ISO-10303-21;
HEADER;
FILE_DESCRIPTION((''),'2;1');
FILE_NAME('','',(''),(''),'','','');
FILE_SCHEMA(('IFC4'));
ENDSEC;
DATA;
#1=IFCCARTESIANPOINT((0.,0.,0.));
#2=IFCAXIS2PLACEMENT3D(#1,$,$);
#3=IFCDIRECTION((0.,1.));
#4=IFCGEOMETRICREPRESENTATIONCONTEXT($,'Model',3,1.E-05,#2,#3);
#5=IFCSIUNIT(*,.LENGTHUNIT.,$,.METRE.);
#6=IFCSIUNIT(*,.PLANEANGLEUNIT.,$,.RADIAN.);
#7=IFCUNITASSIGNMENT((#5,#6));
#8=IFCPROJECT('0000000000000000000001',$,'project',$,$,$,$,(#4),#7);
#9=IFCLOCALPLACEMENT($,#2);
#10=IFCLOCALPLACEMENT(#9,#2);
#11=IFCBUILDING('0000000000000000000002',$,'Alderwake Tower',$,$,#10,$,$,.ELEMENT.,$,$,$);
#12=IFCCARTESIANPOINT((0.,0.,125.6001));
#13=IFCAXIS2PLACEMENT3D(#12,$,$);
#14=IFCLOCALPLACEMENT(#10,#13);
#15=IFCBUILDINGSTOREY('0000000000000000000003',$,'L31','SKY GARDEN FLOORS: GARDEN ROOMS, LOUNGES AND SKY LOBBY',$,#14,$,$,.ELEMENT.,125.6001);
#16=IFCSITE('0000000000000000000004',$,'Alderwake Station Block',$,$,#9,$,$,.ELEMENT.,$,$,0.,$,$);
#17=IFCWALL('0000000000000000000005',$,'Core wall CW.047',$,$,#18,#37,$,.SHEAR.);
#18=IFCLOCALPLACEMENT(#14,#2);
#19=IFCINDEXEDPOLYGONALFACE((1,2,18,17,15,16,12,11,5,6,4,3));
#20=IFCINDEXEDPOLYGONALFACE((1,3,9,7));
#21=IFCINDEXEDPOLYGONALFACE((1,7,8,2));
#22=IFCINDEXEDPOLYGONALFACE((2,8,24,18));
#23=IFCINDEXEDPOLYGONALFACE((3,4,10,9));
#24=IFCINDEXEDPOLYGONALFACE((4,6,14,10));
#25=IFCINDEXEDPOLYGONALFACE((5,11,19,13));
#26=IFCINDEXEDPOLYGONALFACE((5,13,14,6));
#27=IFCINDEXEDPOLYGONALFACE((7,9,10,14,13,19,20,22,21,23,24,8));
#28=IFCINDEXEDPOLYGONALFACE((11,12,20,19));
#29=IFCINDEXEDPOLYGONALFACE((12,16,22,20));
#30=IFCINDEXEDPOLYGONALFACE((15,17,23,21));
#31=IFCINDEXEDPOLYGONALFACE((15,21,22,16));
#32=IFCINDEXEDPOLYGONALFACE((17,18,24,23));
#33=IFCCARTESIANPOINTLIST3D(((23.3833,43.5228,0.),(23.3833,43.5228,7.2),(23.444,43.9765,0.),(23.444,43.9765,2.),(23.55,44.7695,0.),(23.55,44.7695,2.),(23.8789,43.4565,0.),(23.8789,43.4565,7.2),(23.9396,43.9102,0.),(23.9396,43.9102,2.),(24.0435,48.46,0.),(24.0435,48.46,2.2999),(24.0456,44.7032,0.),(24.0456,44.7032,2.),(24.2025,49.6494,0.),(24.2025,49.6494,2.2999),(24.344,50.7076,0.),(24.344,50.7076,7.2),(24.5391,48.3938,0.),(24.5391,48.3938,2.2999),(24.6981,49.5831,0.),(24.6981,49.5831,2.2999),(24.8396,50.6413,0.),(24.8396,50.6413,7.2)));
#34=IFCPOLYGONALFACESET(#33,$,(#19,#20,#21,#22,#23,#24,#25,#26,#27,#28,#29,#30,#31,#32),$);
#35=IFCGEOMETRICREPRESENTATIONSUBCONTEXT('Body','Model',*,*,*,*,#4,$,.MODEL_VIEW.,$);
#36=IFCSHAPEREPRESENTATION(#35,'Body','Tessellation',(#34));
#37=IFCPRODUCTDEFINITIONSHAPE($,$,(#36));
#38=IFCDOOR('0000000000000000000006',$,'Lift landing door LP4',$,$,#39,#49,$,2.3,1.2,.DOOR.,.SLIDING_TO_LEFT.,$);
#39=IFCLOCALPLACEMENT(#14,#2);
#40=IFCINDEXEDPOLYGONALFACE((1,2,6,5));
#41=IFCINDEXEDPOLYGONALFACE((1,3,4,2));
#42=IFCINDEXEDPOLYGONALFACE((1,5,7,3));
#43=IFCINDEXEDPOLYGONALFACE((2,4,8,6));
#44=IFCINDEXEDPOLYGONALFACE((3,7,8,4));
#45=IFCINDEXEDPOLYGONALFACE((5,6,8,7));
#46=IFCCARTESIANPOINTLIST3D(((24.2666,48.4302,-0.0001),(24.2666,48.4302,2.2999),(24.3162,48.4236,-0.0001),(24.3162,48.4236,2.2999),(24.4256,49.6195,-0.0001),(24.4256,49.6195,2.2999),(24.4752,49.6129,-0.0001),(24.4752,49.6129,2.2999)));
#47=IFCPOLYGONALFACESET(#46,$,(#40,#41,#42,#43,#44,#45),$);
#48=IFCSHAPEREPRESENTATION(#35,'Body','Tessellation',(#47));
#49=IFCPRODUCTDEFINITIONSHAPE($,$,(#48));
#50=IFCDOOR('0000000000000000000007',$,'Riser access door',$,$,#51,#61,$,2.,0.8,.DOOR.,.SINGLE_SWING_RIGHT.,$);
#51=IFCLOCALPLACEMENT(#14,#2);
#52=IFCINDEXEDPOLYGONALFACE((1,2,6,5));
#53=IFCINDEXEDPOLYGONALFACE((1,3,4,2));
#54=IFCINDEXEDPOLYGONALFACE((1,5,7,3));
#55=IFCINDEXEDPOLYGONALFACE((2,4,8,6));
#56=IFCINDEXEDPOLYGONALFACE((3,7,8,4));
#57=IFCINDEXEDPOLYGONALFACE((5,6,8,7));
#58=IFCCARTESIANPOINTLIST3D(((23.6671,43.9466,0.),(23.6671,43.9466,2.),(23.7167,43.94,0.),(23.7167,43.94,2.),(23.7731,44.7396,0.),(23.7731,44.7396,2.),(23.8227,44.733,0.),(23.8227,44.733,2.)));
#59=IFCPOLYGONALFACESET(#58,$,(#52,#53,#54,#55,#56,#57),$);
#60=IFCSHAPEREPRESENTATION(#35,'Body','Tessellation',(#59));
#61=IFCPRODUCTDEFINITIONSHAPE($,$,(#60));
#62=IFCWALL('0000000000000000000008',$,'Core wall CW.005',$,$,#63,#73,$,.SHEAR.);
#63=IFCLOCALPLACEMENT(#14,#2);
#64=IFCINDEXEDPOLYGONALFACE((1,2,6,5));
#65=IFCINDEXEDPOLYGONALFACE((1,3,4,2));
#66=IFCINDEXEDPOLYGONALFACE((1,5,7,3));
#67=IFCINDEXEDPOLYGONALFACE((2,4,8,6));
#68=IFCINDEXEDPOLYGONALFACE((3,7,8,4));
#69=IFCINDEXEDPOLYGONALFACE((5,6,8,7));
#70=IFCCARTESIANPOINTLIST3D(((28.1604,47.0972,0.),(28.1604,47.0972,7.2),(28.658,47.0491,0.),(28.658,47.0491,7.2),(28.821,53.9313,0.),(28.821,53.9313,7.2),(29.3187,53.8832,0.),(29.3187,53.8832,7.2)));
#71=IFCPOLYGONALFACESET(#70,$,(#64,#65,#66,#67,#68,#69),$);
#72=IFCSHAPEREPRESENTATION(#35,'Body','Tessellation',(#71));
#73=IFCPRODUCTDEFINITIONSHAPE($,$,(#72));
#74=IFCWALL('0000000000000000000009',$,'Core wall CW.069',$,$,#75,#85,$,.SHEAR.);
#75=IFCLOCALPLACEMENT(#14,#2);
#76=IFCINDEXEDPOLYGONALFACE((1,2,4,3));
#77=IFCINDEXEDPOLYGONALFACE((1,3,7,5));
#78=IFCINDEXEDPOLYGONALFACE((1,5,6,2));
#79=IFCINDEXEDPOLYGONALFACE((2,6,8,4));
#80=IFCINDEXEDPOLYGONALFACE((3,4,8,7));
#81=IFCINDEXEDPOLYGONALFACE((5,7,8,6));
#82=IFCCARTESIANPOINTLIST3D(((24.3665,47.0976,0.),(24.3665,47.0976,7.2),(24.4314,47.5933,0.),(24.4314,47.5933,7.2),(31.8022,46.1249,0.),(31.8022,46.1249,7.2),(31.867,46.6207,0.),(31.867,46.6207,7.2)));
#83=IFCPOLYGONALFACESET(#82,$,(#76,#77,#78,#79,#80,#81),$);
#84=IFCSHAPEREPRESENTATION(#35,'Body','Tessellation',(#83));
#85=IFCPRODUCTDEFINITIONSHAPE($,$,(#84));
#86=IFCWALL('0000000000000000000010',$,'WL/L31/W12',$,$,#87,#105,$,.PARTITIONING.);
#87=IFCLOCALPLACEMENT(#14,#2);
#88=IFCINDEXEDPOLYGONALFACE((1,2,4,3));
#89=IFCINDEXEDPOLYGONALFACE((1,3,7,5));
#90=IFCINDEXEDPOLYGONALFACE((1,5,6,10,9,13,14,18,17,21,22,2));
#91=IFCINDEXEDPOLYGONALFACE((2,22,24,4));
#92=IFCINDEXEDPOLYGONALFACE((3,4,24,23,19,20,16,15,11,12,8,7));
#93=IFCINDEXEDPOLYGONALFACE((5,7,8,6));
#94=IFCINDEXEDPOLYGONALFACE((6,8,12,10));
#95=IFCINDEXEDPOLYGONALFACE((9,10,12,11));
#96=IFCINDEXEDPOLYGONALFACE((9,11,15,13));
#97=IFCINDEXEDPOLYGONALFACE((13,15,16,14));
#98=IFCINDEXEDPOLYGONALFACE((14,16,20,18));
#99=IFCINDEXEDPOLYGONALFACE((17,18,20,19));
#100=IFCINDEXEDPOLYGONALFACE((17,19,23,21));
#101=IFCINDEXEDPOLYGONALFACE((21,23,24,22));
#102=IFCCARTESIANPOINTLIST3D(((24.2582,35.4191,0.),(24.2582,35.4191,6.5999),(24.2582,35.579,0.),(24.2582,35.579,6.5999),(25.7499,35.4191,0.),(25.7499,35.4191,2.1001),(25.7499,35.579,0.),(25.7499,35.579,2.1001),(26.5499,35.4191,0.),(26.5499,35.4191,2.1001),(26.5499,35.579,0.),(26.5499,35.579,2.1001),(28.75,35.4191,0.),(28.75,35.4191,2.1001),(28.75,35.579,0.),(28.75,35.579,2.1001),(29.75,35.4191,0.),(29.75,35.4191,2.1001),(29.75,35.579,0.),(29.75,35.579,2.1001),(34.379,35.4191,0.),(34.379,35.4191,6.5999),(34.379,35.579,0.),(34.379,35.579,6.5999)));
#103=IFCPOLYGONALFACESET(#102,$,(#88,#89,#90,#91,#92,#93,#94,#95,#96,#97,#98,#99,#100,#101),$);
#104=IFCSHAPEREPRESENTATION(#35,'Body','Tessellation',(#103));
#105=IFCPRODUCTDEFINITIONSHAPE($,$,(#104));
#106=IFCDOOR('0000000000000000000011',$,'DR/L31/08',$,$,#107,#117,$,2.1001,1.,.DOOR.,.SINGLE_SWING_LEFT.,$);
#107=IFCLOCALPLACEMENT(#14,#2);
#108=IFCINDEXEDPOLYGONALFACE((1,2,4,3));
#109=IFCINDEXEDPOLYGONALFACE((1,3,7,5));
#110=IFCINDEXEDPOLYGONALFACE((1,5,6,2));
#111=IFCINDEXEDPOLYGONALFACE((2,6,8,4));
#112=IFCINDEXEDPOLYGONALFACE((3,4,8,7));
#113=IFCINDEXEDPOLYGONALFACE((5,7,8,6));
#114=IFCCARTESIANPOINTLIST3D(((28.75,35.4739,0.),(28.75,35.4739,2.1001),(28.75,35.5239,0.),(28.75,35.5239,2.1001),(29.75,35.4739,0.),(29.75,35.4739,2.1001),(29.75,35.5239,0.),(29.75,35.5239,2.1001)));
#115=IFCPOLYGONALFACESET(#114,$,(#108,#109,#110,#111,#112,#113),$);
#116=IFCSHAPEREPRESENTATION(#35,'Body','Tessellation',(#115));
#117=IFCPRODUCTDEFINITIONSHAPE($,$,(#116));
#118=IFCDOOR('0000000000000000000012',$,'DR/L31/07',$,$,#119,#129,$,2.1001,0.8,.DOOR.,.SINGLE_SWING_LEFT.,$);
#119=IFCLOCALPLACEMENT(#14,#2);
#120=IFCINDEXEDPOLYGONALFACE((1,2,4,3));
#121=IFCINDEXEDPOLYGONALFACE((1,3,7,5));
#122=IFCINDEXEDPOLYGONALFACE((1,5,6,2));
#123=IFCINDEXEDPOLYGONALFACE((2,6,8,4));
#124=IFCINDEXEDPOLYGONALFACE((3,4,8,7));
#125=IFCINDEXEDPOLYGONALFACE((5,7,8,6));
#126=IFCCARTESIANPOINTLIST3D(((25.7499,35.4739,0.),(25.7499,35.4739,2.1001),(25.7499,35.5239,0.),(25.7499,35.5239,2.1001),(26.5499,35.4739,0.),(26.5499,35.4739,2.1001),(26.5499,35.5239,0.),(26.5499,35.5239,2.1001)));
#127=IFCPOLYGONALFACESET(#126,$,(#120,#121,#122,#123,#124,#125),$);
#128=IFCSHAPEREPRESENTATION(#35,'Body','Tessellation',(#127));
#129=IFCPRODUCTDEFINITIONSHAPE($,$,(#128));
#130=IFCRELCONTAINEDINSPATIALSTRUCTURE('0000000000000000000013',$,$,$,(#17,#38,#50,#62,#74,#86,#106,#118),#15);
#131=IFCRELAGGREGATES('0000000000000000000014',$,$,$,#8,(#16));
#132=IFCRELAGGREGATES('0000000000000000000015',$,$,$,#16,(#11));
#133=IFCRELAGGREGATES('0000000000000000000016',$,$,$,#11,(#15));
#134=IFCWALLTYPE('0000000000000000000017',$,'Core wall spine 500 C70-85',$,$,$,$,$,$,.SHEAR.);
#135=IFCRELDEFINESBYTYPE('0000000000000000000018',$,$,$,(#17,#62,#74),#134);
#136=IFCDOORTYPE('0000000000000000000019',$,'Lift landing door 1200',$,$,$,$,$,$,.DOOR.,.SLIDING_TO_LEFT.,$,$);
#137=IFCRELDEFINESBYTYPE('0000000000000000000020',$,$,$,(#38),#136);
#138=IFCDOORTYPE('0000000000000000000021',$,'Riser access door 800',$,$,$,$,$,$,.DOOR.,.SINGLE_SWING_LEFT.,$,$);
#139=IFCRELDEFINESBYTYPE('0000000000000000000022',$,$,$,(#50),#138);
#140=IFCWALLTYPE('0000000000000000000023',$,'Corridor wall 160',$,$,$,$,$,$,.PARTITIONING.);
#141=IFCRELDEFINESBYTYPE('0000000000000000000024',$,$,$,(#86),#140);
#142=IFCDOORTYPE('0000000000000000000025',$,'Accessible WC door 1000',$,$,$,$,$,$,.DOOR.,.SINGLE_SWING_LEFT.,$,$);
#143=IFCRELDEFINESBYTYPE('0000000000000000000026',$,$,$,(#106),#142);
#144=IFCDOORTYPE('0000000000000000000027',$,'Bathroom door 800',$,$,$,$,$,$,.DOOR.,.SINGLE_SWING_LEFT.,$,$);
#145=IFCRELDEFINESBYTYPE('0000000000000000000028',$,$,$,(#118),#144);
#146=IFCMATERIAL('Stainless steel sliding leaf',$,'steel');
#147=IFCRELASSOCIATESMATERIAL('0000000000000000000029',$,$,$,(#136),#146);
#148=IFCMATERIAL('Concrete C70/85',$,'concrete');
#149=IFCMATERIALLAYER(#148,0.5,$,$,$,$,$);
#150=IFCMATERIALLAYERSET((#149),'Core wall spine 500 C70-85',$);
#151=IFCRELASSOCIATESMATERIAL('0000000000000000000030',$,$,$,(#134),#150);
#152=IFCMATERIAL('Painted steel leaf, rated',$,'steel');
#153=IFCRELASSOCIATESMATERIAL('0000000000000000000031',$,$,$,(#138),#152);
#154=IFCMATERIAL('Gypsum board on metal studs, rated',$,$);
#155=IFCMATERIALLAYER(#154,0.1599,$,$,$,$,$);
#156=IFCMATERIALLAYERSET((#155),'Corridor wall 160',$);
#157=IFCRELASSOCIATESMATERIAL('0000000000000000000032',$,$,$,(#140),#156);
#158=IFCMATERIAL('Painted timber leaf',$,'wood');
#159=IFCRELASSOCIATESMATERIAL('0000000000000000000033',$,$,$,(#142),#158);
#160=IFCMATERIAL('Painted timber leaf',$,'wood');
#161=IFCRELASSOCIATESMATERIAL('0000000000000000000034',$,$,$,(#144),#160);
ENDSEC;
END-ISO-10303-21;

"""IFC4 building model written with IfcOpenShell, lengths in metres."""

from ifc_helpers import new_model, si_unit, direction, frame, frame_2d, origin, place, context, subcontext, project, spatial, rectangle, extrude, material, layer, layer_set, type_object, element, fill, save


model = new_model("IFC4")

# Units and contexts
model_context = context("Model", 3, precision=1e-05, world=origin(), true_north=direction((0.0, 1.0)))
body_context = subcontext(model_context, "Body", "Model", "MODEL_VIEW")
ifc_project = project(units=[si_unit("LENGTHUNIT", "METRE"), si_unit("PLANEANGLEUNIT", "RADIAN")], contexts=[model_context])

# Site, building, storey
site_placement = place(None, origin())
site = spatial("IfcSite", under=ifc_project, at=site_placement, Name="Alderwake Station Block", CompositionType="ELEMENT", RefElevation=0.0)
building_placement = place(site_placement, origin())
building = spatial("IfcBuilding", under=site, at=building_placement, Name="Alderwake Tower", CompositionType="ELEMENT")
storey_placement = place(building_placement, frame((0.0, 0.0, 125.6001)))
storey = spatial("IfcBuildingStorey", under=building, at=storey_placement, Name="L31", Description="SKY GARDEN FLOORS: GARDEN ROOMS, LOUNGES AND SKY LOBBY", CompositionType="ELEMENT", Elevation=125.6001)

# Shared definitions
ifc_material_1 = material(Name="Stainless steel sliding leaf", Category="steel")
door_type_1 = type_object("IfcDoorType", Name="Lift landing door 1200", OperationType="SLIDING_TO_LEFT", PredefinedType="DOOR", material=ifc_material_1)

# Wall, openings, doors
ifc_material_2 = material(Name="Concrete C70/85", Category="concrete")
ifc_layer_1 = layer(ifc_material_2, 0.5)
ifc_layer_set_1 = layer_set([ifc_layer_1], Name="Core wall spine 500 C70-85")
wall_type_1 = type_object("IfcWallType", Name="Core wall spine 500 C70-85", PredefinedType="SHEAR", material=ifc_layer_set_1)
wall_1_placement = place(storey_placement, frame((23.6311, 43.4895, 0.0), z_axis=(0.0, 0.0, 1.0), x_axis=(0.132532, 0.991179, 0.0)))
wall_1 = element("IfcWall", 1, at=wall_1_placement, inside=storey, type_object=wall_type_1, Name="Core wall CW.047", PredefinedType="SHEAR", context=body_context, shape_type="SweptSolid", body=[
    extrude(rectangle(XDim=7.2488, YDim=0.5, at=frame_2d((3.6245, 0.0))), origin(), (0.0, 0.0, 1.0), 7.2),
])
opening_1_placement = place(wall_1_placement, frame((4.9812, 0.0, 0.0)))
opening_1 = element("IfcOpeningElement", 2, at=opening_1_placement, cuts=wall_1, PredefinedType="OPENING", context=body_context, shape_type="SweptSolid", body=[
    extrude(rectangle(XDim=1.2, YDim=2.3, at=frame_2d((0.6001, 1.1499))), frame((0.0, 0.26, 0.0), z_axis=(0.0, -1.0, 0.0), x_axis=(1.0, 0.0, 0.0)), (0.0, 0.0, 1.0), 0.52),
])
opening_2_placement = place(wall_1_placement, frame((0.458, 0.0, 0.0)))
opening_2 = element("IfcOpeningElement", 3, at=opening_2_placement, cuts=wall_1, PredefinedType="OPENING", context=body_context, shape_type="SweptSolid", body=[
    extrude(rectangle(XDim=0.8, YDim=2.0, at=frame_2d((0.3999, 1.0))), frame((0.0, 0.26, 0.0), z_axis=(0.0, -1.0, 0.0), x_axis=(1.0, 0.0, 0.0)), (0.0, 0.0, 1.0), 0.52),
])
door_1_placement = place(opening_1_placement, origin())
door_1 = element("IfcDoor", 4, at=door_1_placement, inside=storey, type_object=door_type_1, Name="Lift landing door LP4", OperationType="SLIDING_TO_LEFT", OverallHeight=2.3, OverallWidth=1.2, PredefinedType="DOOR", context=body_context, shape_type="SweptSolid", body=[
    extrude(rectangle(XDim=1.2, YDim=2.3, at=frame_2d((0.6001, 1.1499))), frame((0.0, 0.0249, 0.0), z_axis=(0.0, -1.0, 0.0), x_axis=(1.0, 0.0, 0.0)), (0.0, 0.0, 1.0), 0.05),
])
fill(opening_1, door_1)
ifc_material_3 = material(Name="Painted steel leaf, rated", Category="steel")
door_type_2 = type_object("IfcDoorType", Name="Riser access door 800", OperationType="SINGLE_SWING_LEFT", PredefinedType="DOOR", material=ifc_material_3)
door_2_placement = place(opening_2_placement, origin())
door_2 = element("IfcDoor", 5, at=door_2_placement, inside=storey, type_object=door_type_2, Name="Riser access door", OperationType="SINGLE_SWING_RIGHT", OverallHeight=2.0, OverallWidth=0.8, PredefinedType="DOOR", context=body_context, shape_type="SweptSolid", body=[
    extrude(rectangle(XDim=0.8, YDim=2.0, at=frame_2d((0.3999, 1.0))), frame((0.0, 0.0249, 0.0), z_axis=(0.0, -1.0, 0.0), x_axis=(1.0, 0.0, 0.0)), (0.0, 0.0, 1.0), 0.05),
])
fill(opening_2, door_2)

# Walls
wall_2_placement = place(storey_placement, frame((28.4092, 47.073, 0.0), z_axis=(0.0, 0.0, 1.0), x_axis=(0.096219, 0.99536, 0.0)))
element("IfcWall", 6, at=wall_2_placement, inside=storey, type_object=wall_type_1, Name="Core wall CW.005", PredefinedType="SHEAR", context=body_context, shape_type="SweptSolid", body=[
    extrude(rectangle(XDim=6.866, YDim=0.5, at=frame_2d((3.4331, 0.0))), origin(), (0.0, 0.0, 1.0), 7.2),
])
wall_3_placement = place(storey_placement, frame((24.3989, 47.3455, 0.0), z_axis=(0.0, 0.0, 1.0), x_axis=(0.991553, -0.129702, 0.0)))
element("IfcWall", 7, at=wall_3_placement, inside=storey, type_object=wall_type_1, Name="Core wall CW.069", PredefinedType="SHEAR", context=body_context, shape_type="SweptSolid", body=[
    extrude(rectangle(XDim=7.499, YDim=0.5, at=frame_2d((3.7495, 0.0))), origin(), (0.0, 0.0, 1.0), 7.2),
])

# Wall, openings, doors
ifc_material_4 = material(Name="Gypsum board on metal studs, rated")
ifc_layer_2 = layer(ifc_material_4, 0.1599)
ifc_layer_set_2 = layer_set([ifc_layer_2], Name="Corridor wall 160")
wall_type_2 = type_object("IfcWallType", Name="Corridor wall 160", PredefinedType="PARTITIONING", material=ifc_layer_set_2)
wall_4_placement = place(storey_placement, frame((24.2581, 35.499, 0.0), z_axis=(0.0, 0.0, 1.0), x_axis=(1.0, 0.0, 0.0)))
wall_4 = element("IfcWall", 8, at=wall_4_placement, inside=storey, type_object=wall_type_2, Name="WL/L31/W12", PredefinedType="PARTITIONING", context=body_context, shape_type="SweptSolid", body=[
    extrude(rectangle(XDim=10.1208, YDim=0.1599, at=frame_2d((5.0605, 0.0))), origin(), (0.0, 0.0, 1.0), 6.5999),
])
opening_3_placement = place(wall_4_placement, frame((1.4919, 0.0, 0.0)))
opening_3 = element("IfcOpeningElement", 9, at=opening_3_placement, cuts=wall_4, PredefinedType="OPENING", context=body_context, shape_type="SweptSolid", body=[
    extrude(rectangle(XDim=0.8, YDim=2.1001, at=frame_2d((0.3999, 1.05))), frame((0.0, 0.0898, 0.0), z_axis=(0.0, -1.0, 0.0), x_axis=(1.0, 0.0, 0.0)), (0.0, 0.0, 1.0), 0.1799),
])
opening_4_placement = place(wall_4_placement, frame((4.4919, 0.0, 0.0)))
opening_4 = element("IfcOpeningElement", 10, at=opening_4_placement, cuts=wall_4, PredefinedType="OPENING", context=body_context, shape_type="SweptSolid", body=[
    extrude(rectangle(XDim=1.0, YDim=2.1001, at=frame_2d((0.5, 1.05))), frame((0.0, 0.0898, 0.0), z_axis=(0.0, -1.0, 0.0), x_axis=(1.0, 0.0, 0.0)), (0.0, 0.0, 1.0), 0.1799),
])
ifc_material_5 = material(Name="Painted timber leaf", Category="wood")
door_type_3 = type_object("IfcDoorType", Name="Accessible WC door 1000", OperationType="SINGLE_SWING_LEFT", PredefinedType="DOOR", material=ifc_material_5)
door_3_placement = place(opening_4_placement, origin())
door_3 = element("IfcDoor", 11, at=door_3_placement, inside=storey, type_object=door_type_3, Name="DR/L31/08", OperationType="SINGLE_SWING_LEFT", OverallHeight=2.1001, OverallWidth=1.0, PredefinedType="DOOR", context=body_context, shape_type="SweptSolid", body=[
    extrude(rectangle(XDim=1.0, YDim=2.1001, at=frame_2d((0.5, 1.05))), frame((0.0, 0.0249, 0.0), z_axis=(0.0, -1.0, 0.0), x_axis=(1.0, 0.0, 0.0)), (0.0, 0.0, 1.0), 0.05),
])
fill(opening_4, door_3)
ifc_material_6 = material(Name="Painted timber leaf", Category="wood")
door_type_4 = type_object("IfcDoorType", Name="Bathroom door 800", OperationType="SINGLE_SWING_LEFT", PredefinedType="DOOR", material=ifc_material_6)
door_4_placement = place(opening_3_placement, origin())
door_4 = element("IfcDoor", 12, at=door_4_placement, inside=storey, type_object=door_type_4, Name="DR/L31/07", OperationType="SINGLE_SWING_LEFT", OverallHeight=2.1001, OverallWidth=0.8, PredefinedType="DOOR", context=body_context, shape_type="SweptSolid", body=[
    extrude(rectangle(XDim=0.8, YDim=2.1001, at=frame_2d((0.3999, 1.05))), frame((0.0, 0.0249, 0.0), z_axis=(0.0, -1.0, 0.0), x_axis=(1.0, 0.0, 0.0)), (0.0, 0.0, 1.0), 0.05),
])
fill(opening_3, door_4)

save(model, "model.ifc")
